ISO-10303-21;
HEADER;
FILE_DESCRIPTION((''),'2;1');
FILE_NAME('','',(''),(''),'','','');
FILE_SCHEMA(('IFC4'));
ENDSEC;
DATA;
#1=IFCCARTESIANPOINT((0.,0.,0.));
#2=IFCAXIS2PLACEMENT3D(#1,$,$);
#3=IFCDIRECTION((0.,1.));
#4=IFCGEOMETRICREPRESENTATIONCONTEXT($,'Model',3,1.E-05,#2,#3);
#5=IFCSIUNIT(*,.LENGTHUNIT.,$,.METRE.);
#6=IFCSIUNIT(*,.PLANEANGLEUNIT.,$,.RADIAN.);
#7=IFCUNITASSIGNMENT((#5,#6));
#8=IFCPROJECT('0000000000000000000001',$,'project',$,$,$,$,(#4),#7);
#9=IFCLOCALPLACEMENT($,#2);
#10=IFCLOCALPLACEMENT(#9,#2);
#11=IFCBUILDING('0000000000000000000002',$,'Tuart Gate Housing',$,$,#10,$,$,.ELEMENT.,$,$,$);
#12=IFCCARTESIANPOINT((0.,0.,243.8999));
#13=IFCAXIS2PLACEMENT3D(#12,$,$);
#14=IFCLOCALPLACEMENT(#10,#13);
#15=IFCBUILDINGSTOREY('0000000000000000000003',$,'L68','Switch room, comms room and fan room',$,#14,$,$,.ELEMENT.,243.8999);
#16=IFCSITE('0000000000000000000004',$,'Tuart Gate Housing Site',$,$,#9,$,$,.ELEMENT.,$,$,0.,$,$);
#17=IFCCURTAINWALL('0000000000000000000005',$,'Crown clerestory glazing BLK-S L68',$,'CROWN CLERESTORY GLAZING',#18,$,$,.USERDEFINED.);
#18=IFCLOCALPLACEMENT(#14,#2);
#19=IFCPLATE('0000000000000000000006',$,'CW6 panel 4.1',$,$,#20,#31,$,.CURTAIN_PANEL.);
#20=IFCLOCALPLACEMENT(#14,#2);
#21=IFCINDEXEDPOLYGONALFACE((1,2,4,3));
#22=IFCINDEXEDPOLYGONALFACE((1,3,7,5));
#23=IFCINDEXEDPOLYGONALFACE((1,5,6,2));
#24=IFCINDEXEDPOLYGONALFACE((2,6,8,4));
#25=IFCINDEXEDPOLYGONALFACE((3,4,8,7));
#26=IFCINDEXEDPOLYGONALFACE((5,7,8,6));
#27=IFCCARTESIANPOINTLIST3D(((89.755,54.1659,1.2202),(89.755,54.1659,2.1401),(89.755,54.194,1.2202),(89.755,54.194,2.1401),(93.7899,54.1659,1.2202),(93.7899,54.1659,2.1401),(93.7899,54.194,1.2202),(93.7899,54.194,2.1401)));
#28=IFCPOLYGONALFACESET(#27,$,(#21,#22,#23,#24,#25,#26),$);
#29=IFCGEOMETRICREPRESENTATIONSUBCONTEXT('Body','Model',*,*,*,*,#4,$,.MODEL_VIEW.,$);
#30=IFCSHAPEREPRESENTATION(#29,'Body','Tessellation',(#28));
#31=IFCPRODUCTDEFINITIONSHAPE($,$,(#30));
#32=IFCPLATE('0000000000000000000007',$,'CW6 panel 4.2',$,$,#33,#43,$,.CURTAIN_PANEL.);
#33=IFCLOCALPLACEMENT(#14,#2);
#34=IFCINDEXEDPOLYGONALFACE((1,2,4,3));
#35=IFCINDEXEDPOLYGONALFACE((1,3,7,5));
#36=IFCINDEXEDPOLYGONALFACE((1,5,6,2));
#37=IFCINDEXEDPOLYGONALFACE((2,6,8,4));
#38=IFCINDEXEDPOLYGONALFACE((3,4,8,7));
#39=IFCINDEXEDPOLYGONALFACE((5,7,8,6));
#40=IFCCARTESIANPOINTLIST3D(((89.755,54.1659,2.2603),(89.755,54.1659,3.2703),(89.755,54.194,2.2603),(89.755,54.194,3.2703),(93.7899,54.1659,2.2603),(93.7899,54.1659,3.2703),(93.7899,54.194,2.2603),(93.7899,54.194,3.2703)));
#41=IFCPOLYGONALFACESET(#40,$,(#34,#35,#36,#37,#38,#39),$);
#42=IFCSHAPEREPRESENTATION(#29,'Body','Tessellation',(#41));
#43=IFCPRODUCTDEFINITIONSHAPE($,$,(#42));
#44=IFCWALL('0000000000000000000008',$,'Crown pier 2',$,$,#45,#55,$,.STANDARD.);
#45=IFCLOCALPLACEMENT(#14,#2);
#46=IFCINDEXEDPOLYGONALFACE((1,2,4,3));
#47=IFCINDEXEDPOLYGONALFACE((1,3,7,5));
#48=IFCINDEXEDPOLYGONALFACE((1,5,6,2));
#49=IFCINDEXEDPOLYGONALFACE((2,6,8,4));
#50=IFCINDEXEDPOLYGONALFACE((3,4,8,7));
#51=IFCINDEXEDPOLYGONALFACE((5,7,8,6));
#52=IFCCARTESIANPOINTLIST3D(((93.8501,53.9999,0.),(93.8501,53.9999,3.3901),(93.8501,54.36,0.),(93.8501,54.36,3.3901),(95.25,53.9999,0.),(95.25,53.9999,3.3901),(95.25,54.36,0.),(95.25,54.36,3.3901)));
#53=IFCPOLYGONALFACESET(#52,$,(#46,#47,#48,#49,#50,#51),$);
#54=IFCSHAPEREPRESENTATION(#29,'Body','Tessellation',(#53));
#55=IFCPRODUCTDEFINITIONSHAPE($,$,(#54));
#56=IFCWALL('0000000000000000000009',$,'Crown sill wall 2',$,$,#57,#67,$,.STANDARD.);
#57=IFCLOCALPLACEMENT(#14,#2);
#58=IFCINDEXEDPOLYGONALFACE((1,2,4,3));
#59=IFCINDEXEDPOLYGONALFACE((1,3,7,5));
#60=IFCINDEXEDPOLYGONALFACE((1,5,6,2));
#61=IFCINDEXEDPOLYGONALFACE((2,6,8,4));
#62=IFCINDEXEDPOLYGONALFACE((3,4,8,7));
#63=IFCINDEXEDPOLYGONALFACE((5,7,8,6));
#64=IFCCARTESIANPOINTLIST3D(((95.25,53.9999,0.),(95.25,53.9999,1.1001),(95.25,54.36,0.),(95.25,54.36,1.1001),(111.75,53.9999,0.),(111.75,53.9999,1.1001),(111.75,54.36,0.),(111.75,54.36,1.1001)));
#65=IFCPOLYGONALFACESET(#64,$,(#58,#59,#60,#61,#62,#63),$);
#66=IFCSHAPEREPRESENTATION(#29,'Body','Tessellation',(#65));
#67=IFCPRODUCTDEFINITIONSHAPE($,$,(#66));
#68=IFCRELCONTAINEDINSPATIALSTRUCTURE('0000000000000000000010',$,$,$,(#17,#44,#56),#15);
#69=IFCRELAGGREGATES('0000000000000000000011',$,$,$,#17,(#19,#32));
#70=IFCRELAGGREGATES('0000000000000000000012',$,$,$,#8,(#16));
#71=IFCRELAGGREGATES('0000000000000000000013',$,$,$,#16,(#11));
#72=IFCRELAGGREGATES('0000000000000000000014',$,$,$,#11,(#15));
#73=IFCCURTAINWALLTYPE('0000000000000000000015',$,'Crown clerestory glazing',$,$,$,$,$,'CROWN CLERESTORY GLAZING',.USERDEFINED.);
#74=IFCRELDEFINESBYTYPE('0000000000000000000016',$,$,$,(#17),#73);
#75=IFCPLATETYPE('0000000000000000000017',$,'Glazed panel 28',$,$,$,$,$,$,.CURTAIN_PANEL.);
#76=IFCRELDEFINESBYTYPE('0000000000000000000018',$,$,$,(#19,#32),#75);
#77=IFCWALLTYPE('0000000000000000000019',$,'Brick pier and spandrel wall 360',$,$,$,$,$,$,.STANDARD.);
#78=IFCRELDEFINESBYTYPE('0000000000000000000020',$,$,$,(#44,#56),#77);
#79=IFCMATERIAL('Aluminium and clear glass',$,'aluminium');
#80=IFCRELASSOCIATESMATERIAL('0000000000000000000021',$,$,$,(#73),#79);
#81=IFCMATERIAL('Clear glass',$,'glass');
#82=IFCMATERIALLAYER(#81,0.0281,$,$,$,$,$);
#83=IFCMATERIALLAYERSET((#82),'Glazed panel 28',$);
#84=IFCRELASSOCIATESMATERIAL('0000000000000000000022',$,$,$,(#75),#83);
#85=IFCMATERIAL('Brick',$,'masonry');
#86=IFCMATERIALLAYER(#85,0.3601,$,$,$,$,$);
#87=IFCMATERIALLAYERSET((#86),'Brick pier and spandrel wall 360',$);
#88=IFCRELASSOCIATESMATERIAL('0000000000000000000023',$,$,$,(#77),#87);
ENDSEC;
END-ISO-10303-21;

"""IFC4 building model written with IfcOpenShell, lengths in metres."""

from ifc_helpers import new_model, si_unit, direction, frame, frame_2d, origin, origin_2d, place, context, subcontext, project, spatial, rectangle, extrude, material, layer, layer_set, type_object, element, aggregate, save


model = new_model("IFC4")

# Units and contexts
model_context = context("Model", 3, precision=1e-05, world=origin(), true_north=direction((0.0, 1.0)))
body_context = subcontext(model_context, "Body", "Model", "MODEL_VIEW")
ifc_project = project(units=[si_unit("LENGTHUNIT", "METRE"), si_unit("PLANEANGLEUNIT", "RADIAN")], contexts=[model_context])

# Site, building, storey
site_placement = place(None, origin())
site = spatial("IfcSite", under=ifc_project, at=site_placement, Name="Tuart Gate Housing Site", CompositionType="ELEMENT", RefElevation=0.0)
building_placement = place(site_placement, origin())
building = spatial("IfcBuilding", under=site, at=building_placement, Name="Tuart Gate Housing", CompositionType="ELEMENT")
storey_placement = place(building_placement, frame((0.0, 0.0, 243.8999)))
storey = spatial("IfcBuildingStorey", under=building, at=storey_placement, Name="L68", Description="Switch room, comms room and fan room", CompositionType="ELEMENT", Elevation=243.8999)

# Curtain wall
ifc_material_1 = material(Name="Aluminium and clear glass", Category="aluminium")
curtain_wall_type = type_object("IfcCurtainWallType", Name="Crown clerestory glazing", ElementType="CROWN CLERESTORY GLAZING", PredefinedType="USERDEFINED", material=ifc_material_1)
curtain_wall_1_placement = place(storey_placement, origin())
curtain_wall_1 = element("IfcCurtainWall", 1, at=curtain_wall_1_placement, inside=storey, type_object=curtain_wall_type, Name="Crown clerestory glazing BLK-S L68", ObjectType="CROWN CLERESTORY GLAZING", PredefinedType="USERDEFINED")

# Plates
ifc_material_2 = material(Name="Clear glass", Category="glass")
ifc_layer_1 = layer(ifc_material_2, 0.0281)
ifc_layer_set_1 = layer_set([ifc_layer_1], Name="Glazed panel 28")
plate_type = type_object("IfcPlateType", Name="Glazed panel 28", PredefinedType="CURTAIN_PANEL", material=ifc_layer_set_1)
plate_1_placement = place(storey_placement, frame((91.7725, 54.1799, 1.2202), z_axis=(0.0, 0.0, 1.0), x_axis=(1.0, 0.0, 0.0)))
plate_1 = element("IfcPlate", 2, at=plate_1_placement, type_object=plate_type, Name="CW6 panel 4.1", PredefinedType="CURTAIN_PANEL", context=body_context, shape_type="SweptSolid", body=[
    extrude(rectangle(XDim=4.0349, YDim=0.0281, at=origin_2d()), origin(), (0.0, 0.0, 1.0), 0.9199),
])
plate_2_placement = place(storey_placement, frame((91.7725, 54.1799, 2.2603), z_axis=(0.0, 0.0, 1.0), x_axis=(1.0, 0.0, 0.0)))
plate_2 = element("IfcPlate", 3, at=plate_2_placement, type_object=plate_type, Name="CW6 panel 4.2", PredefinedType="CURTAIN_PANEL", context=body_context, shape_type="SweptSolid", body=[
    extrude(rectangle(XDim=4.0349, YDim=0.0281, at=origin_2d()), origin(), (0.0, 0.0, 1.0), 1.01),
])
aggregate(curtain_wall_1, [plate_1, plate_2])

# Walls
ifc_material_3 = material(Name="Brick", Category="masonry")
ifc_layer_2 = layer(ifc_material_3, 0.3601)
ifc_layer_set_2 = layer_set([ifc_layer_2], Name="Brick pier and spandrel wall 360")
wall_type = type_object("IfcWallType", Name="Brick pier and spandrel wall 360", PredefinedType="STANDARD", material=ifc_layer_set_2)
wall_1_placement = place(storey_placement, frame((93.8501, 54.1799, 0.0), z_axis=(0.0, 0.0, 1.0), x_axis=(1.0, 0.0, 0.0)))
element("IfcWall", 4, at=wall_1_placement, inside=storey, type_object=wall_type, Name="Crown pier 2", PredefinedType="STANDARD", context=body_context, shape_type="SweptSolid", body=[
    extrude(rectangle(XDim=1.3999, YDim=0.3601, at=frame_2d((0.7, 0.0))), origin(), (0.0, 0.0, 1.0), 3.3901),
])
wall_2_placement = place(storey_placement, frame((95.25, 54.1799, 0.0), z_axis=(0.0, 0.0, 1.0), x_axis=(1.0, 0.0, 0.0)))
element("IfcWall", 5, at=wall_2_placement, inside=storey, type_object=wall_type, Name="Crown sill wall 2", PredefinedType="STANDARD", context=body_context, shape_type="SweptSolid", body=[
    extrude(rectangle(XDim=16.5, YDim=0.3601, at=frame_2d((8.25, 0.0))), origin(), (0.0, 0.0, 1.0), 1.1001),
])

save(model, "model.ifc")
